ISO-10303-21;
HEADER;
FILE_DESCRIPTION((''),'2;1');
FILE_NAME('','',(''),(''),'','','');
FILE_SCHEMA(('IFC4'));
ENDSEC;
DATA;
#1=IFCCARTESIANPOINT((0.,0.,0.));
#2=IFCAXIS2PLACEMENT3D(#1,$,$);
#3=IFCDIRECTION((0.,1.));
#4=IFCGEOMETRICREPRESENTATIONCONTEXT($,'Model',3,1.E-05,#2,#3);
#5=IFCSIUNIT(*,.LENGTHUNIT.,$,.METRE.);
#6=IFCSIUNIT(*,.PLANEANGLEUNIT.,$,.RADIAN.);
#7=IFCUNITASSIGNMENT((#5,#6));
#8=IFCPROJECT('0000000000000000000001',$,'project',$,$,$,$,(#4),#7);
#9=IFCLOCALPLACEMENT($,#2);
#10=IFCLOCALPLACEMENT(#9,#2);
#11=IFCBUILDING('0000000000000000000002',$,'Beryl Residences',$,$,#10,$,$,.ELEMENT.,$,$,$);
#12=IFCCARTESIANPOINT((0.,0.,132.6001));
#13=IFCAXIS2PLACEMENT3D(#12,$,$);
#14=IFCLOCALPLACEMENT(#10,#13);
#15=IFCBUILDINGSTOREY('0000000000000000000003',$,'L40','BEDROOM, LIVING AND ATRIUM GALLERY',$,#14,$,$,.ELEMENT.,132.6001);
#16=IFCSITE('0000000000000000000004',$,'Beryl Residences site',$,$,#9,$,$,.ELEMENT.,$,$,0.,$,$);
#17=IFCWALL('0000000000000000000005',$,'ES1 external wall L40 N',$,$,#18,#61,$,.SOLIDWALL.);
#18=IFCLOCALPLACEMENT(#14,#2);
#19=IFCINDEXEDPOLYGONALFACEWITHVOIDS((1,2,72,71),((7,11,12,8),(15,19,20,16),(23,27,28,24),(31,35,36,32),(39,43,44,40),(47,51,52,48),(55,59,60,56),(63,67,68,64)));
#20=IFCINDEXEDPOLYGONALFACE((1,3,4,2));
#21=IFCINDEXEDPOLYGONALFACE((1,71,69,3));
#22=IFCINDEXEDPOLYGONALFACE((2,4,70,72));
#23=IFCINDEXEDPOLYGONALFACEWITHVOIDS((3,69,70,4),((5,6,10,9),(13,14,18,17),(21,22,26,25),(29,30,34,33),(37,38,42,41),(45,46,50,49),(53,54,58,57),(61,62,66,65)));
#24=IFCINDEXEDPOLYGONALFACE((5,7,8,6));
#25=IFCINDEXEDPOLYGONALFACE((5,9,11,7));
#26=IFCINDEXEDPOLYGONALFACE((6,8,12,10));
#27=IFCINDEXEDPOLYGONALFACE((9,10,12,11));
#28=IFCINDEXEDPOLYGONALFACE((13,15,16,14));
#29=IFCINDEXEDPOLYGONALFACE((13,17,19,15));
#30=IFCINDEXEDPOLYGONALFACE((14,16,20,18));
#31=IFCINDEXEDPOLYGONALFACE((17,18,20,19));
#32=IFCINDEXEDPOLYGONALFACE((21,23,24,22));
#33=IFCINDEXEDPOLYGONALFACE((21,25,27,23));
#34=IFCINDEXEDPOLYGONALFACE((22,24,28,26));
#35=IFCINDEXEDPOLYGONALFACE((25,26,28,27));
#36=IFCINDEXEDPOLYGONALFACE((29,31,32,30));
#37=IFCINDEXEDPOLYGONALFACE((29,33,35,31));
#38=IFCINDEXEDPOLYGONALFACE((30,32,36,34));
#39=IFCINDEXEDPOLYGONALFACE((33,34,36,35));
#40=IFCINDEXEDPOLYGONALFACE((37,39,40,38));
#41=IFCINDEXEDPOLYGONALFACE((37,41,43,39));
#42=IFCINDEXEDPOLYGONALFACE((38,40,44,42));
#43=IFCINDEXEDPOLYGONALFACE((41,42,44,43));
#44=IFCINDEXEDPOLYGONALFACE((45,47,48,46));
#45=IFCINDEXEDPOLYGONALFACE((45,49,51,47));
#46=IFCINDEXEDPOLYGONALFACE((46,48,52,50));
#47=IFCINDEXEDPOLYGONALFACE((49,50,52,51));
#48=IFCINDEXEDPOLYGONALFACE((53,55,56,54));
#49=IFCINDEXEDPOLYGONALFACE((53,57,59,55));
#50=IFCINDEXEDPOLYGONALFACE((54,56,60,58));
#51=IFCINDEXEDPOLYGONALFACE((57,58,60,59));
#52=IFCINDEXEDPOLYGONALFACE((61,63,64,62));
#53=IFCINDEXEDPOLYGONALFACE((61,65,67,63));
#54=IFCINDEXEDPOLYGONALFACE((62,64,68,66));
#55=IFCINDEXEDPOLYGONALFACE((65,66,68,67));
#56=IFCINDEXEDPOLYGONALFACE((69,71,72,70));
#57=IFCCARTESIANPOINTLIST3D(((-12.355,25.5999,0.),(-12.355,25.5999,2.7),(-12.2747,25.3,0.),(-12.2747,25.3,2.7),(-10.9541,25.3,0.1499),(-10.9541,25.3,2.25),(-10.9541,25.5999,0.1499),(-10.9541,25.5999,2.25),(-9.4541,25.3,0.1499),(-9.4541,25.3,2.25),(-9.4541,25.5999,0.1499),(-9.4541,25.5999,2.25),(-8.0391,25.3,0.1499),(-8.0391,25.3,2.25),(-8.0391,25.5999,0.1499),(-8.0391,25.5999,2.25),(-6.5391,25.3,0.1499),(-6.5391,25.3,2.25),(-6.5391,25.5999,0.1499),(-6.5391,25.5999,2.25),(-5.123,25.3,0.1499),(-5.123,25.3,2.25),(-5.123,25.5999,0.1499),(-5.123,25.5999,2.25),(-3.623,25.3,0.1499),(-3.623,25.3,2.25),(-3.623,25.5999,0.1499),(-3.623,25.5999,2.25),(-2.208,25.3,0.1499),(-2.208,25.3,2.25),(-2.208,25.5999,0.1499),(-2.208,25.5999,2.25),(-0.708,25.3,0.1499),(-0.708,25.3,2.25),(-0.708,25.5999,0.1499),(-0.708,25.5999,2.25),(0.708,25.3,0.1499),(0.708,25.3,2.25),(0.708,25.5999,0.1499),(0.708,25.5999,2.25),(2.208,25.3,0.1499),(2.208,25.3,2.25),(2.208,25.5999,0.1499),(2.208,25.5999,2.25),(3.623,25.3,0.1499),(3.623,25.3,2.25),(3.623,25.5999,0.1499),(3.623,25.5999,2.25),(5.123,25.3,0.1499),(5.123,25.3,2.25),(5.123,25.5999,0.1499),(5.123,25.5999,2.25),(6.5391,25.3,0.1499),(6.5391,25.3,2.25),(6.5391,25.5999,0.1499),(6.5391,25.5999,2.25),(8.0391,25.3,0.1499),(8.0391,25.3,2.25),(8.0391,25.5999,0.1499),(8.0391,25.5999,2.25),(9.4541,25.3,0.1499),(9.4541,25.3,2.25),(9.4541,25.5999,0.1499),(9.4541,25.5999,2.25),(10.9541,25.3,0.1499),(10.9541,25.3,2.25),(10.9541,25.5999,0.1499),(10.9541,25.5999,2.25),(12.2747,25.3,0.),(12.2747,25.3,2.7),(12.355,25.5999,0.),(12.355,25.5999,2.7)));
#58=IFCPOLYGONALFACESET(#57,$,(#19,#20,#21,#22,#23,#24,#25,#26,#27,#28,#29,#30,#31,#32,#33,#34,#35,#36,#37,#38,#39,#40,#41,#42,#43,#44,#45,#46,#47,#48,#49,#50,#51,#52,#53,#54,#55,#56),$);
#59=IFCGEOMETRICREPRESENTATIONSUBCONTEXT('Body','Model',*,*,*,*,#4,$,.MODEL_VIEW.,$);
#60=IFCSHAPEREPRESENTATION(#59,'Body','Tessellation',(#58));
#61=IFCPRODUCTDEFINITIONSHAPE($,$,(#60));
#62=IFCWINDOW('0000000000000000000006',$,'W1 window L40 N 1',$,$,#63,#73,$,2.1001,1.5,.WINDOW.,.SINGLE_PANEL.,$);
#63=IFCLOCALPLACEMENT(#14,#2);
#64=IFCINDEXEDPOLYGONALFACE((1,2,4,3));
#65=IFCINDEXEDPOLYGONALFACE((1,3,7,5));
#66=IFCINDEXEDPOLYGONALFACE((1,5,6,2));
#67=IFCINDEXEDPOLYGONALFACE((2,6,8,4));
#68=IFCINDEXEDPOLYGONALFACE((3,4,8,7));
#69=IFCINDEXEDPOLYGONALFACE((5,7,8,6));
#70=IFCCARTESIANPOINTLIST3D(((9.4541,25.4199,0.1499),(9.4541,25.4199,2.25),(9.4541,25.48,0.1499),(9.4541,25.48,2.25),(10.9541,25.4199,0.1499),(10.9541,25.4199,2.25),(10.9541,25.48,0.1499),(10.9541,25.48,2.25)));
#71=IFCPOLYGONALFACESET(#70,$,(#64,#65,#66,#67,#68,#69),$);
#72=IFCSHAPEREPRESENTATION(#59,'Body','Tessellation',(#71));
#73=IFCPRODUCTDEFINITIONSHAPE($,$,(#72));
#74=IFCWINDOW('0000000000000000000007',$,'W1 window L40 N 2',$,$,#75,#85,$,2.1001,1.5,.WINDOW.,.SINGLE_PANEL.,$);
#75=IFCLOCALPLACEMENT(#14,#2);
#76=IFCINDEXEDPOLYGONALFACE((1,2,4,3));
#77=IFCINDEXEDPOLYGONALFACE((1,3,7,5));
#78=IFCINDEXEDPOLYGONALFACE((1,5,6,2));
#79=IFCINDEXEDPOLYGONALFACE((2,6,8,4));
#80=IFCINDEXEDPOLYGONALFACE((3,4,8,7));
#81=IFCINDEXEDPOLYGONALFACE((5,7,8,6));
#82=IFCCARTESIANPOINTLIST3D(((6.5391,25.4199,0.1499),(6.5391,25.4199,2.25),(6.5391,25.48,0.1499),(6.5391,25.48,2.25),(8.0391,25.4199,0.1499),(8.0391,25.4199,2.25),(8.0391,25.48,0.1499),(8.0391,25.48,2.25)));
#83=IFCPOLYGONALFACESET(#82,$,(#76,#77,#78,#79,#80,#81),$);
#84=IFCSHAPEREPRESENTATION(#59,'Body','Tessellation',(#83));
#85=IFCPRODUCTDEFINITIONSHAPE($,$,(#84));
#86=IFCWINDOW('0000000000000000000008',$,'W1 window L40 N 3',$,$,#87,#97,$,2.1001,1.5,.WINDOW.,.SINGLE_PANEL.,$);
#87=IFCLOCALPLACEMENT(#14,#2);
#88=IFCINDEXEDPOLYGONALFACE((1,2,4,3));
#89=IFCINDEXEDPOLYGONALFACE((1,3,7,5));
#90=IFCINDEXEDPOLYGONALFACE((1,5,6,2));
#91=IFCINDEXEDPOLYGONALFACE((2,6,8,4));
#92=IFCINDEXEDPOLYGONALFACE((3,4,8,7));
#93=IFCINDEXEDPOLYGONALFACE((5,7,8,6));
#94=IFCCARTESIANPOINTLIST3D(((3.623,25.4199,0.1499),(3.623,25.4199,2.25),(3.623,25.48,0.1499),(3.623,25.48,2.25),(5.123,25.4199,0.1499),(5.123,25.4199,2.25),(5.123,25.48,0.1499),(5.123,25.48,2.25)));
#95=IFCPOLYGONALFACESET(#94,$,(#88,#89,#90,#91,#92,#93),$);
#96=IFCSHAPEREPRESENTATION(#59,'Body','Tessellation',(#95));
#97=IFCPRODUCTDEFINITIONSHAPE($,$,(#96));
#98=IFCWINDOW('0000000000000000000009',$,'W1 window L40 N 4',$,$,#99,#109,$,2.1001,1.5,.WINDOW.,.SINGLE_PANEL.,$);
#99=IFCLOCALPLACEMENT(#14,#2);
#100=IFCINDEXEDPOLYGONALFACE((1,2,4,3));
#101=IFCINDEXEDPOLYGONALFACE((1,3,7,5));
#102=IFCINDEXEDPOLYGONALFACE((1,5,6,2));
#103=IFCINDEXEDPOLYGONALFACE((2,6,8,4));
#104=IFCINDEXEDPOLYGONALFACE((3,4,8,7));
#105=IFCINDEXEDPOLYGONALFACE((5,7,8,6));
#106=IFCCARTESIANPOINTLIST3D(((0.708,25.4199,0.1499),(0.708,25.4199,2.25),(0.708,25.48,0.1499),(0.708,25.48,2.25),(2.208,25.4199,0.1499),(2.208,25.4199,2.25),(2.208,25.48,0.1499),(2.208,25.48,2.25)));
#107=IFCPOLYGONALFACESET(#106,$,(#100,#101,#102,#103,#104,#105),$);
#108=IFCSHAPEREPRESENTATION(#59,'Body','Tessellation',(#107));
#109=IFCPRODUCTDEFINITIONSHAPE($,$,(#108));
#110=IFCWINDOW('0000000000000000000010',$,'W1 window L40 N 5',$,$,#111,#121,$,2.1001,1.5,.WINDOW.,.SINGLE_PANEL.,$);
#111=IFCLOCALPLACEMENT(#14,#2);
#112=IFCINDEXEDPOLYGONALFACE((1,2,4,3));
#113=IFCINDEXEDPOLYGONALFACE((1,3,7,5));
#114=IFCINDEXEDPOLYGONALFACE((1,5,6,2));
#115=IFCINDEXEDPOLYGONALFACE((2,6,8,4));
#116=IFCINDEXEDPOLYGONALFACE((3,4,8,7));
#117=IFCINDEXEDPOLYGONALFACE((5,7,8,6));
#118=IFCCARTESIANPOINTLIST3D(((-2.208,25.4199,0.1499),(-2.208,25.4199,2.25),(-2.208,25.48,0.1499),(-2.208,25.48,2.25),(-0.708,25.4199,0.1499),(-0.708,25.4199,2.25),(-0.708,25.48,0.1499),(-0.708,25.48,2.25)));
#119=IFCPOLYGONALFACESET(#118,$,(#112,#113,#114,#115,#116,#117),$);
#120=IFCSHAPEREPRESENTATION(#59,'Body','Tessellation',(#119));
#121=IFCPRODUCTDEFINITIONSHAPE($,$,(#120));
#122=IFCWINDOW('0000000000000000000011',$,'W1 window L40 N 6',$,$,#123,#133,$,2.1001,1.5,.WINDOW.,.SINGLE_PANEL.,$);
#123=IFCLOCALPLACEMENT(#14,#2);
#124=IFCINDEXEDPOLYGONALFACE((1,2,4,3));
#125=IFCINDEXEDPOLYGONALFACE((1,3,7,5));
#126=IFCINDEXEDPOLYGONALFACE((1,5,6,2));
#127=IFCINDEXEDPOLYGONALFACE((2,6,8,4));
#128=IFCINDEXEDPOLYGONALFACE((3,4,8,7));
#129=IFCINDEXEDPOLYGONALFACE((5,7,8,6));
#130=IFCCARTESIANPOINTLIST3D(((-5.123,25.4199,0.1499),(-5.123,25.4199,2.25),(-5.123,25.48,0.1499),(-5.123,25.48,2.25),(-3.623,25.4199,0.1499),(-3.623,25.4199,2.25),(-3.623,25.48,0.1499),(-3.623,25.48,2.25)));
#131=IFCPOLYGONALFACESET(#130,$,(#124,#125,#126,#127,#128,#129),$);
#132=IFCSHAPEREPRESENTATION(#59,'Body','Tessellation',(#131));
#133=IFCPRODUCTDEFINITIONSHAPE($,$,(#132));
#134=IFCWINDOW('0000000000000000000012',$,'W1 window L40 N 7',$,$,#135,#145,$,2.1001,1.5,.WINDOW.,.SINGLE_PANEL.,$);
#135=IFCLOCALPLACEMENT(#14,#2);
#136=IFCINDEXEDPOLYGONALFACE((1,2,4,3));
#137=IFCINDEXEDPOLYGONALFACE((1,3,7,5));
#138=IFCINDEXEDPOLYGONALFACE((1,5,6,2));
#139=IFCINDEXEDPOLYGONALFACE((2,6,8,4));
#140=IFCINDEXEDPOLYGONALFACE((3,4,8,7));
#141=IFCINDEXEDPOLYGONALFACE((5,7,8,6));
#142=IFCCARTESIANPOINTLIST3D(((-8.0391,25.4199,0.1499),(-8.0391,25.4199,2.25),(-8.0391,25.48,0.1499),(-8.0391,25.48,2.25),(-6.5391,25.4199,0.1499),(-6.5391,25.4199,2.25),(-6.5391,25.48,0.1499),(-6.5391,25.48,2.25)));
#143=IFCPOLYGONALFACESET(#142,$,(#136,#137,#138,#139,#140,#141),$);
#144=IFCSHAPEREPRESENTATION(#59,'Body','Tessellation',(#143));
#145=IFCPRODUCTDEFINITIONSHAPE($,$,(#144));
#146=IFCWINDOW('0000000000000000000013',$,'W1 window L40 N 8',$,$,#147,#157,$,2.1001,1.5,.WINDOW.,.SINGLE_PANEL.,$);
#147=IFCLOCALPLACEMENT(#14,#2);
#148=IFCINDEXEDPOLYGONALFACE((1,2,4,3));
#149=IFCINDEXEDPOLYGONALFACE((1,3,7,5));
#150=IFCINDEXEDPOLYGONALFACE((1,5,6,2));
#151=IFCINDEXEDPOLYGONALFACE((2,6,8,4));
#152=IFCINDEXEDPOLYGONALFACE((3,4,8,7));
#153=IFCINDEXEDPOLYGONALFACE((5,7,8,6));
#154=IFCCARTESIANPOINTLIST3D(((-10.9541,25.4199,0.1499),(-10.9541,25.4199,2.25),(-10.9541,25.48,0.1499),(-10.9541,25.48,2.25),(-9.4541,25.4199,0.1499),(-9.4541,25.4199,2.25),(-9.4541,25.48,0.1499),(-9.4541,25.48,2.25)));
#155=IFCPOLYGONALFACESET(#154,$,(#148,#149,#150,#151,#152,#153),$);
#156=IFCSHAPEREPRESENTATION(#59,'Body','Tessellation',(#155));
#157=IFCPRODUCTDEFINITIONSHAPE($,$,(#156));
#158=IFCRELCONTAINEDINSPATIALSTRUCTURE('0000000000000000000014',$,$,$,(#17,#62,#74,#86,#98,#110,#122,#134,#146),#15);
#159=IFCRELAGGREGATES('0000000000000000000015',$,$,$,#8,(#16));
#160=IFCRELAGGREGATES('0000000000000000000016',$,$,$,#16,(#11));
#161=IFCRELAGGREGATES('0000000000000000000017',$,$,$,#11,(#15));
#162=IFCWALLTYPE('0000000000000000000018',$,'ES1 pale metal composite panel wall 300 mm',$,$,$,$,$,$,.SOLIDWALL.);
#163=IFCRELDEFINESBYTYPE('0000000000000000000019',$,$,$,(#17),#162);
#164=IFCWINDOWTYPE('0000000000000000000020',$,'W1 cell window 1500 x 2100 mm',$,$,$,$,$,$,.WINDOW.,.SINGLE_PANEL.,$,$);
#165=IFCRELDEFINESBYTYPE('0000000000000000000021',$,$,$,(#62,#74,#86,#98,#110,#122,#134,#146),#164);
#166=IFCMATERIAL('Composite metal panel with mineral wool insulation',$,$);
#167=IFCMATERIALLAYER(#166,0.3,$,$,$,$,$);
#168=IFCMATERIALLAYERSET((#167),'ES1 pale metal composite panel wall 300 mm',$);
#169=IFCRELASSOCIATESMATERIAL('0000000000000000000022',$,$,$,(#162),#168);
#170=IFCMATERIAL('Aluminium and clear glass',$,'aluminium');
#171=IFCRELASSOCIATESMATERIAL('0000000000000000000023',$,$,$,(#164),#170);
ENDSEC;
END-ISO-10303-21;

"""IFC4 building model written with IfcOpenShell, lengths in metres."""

from ifc_helpers import new_model, si_unit, direction, frame, frame_2d, origin, place, context, subcontext, project, spatial, polyline, rectangle, outline, extrude, material, layer, layer_set, type_object, element, fill, save


model = new_model("IFC4")

# Units and contexts
model_context = context("Model", 3, precision=1e-05, world=origin(), true_north=direction((0.0, 1.0)))
body_context = subcontext(model_context, "Body", "Model", "MODEL_VIEW")
ifc_project = project(units=[si_unit("LENGTHUNIT", "METRE"), si_unit("PLANEANGLEUNIT", "RADIAN")], contexts=[model_context])

# Site, building, storey
site_placement = place(None, origin())
site = spatial("IfcSite", under=ifc_project, at=site_placement, Name="Beryl Residences site", CompositionType="ELEMENT", RefElevation=0.0)
building_placement = place(site_placement, origin())
building = spatial("IfcBuilding", under=site, at=building_placement, Name="Beryl Residences", CompositionType="ELEMENT")
storey_placement = place(building_placement, frame((0.0, 0.0, 132.6001)))
storey = spatial("IfcBuildingStorey", under=building, at=storey_placement, Name="L40", Description="BEDROOM, LIVING AND ATRIUM GALLERY", CompositionType="ELEMENT", Elevation=132.6001)

# Wall, openings, windows
ifc_material_1 = material(Name="Composite metal panel with mineral wool insulation")
ifc_layer = layer(ifc_material_1, 0.3)
ifc_layer_set = layer_set([ifc_layer], Name="ES1 pale metal composite panel wall 300 mm")
wall_type = type_object("IfcWallType", Name="ES1 pale metal composite panel wall 300 mm", PredefinedType="SOLIDWALL", material=ifc_layer_set)
wall_1_placement = place(storey_placement, frame((12.355, 25.45, 0.0), z_axis=(0.0, 0.0, 1.0), x_axis=(-1.0, 0.0, 0.0)))
wall_1 = element("IfcWall", 1, at=wall_1_placement, inside=storey, type_object=wall_type, Name="ES1 external wall L40 N", PredefinedType="SOLIDWALL", context=body_context, shape_type="SweptSolid", body=[
    extrude(outline(polyline([(0.0, -0.1499), (24.71, -0.1499), (24.6296, 0.1499), (0.0803, 0.1499), (0.0, -0.1499)])), origin(), (0.0, 0.0, 1.0), 2.7),
])
opening_1_placement = place(wall_1_placement, frame((1.4009, 0.0, 0.1499)))
opening_1 = element("IfcOpeningElement", 2, at=opening_1_placement, cuts=wall_1, PredefinedType="OPENING", context=body_context, shape_type="SweptSolid", body=[
    extrude(rectangle(XDim=1.5, YDim=2.1001, at=frame_2d((0.75, 1.05))), frame((0.0, 0.1599, 0.0), z_axis=(0.0, -1.0, 0.0), x_axis=(1.0, 0.0, 0.0)), (0.0, 0.0, 1.0), 0.3201),
])
opening_2_placement = place(wall_1_placement, frame((4.3159, 0.0, 0.1499)))
opening_2 = element("IfcOpeningElement", 3, at=opening_2_placement, cuts=wall_1, PredefinedType="OPENING", context=body_context, shape_type="SweptSolid", body=[
    extrude(rectangle(XDim=1.5, YDim=2.1001, at=frame_2d((0.75, 1.05))), frame((0.0, 0.1599, 0.0), z_axis=(0.0, -1.0, 0.0), x_axis=(1.0, 0.0, 0.0)), (0.0, 0.0, 1.0), 0.3201),
])
opening_3_placement = place(wall_1_placement, frame((7.2319, 0.0, 0.1499)))
opening_3 = element("IfcOpeningElement", 4, at=opening_3_placement, cuts=wall_1, PredefinedType="OPENING", context=body_context, shape_type="SweptSolid", body=[
    extrude(rectangle(XDim=1.5, YDim=2.1001, at=frame_2d((0.75, 1.05))), frame((0.0, 0.1599, 0.0), z_axis=(0.0, -1.0, 0.0), x_axis=(1.0, 0.0, 0.0)), (0.0, 0.0, 1.0), 0.3201),
])
opening_4_placement = place(wall_1_placement, frame((10.147, 0.0, 0.1499)))
opening_4 = element("IfcOpeningElement", 5, at=opening_4_placement, cuts=wall_1, PredefinedType="OPENING", context=body_context, shape_type="SweptSolid", body=[
    extrude(rectangle(XDim=1.5, YDim=2.1001, at=frame_2d((0.75, 1.05))), frame((0.0, 0.1599, 0.0), z_axis=(0.0, -1.0, 0.0), x_axis=(1.0, 0.0, 0.0)), (0.0, 0.0, 1.0), 0.3201),
])
opening_5_placement = place(wall_1_placement, frame((13.063, 0.0, 0.1499)))
opening_5 = element("IfcOpeningElement", 6, at=opening_5_placement, cuts=wall_1, PredefinedType="OPENING", context=body_context, shape_type="SweptSolid", body=[
    extrude(rectangle(XDim=1.5, YDim=2.1001, at=frame_2d((0.75, 1.05))), frame((0.0, 0.1599, 0.0), z_axis=(0.0, -1.0, 0.0), x_axis=(1.0, 0.0, 0.0)), (0.0, 0.0, 1.0), 0.3201),
])
opening_6_placement = place(wall_1_placement, frame((15.978, 0.0, 0.1499)))
opening_6 = element("IfcOpeningElement", 7, at=opening_6_placement, cuts=wall_1, PredefinedType="OPENING", context=body_context, shape_type="SweptSolid", body=[
    extrude(rectangle(XDim=1.5, YDim=2.1001, at=frame_2d((0.75, 1.05))), frame((0.0, 0.1599, 0.0), z_axis=(0.0, -1.0, 0.0), x_axis=(1.0, 0.0, 0.0)), (0.0, 0.0, 1.0), 0.3201),
])
opening_7_placement = place(wall_1_placement, frame((18.894, 0.0, 0.1499)))
opening_7 = element("IfcOpeningElement", 8, at=opening_7_placement, cuts=wall_1, PredefinedType="OPENING", context=body_context, shape_type="SweptSolid", body=[
    extrude(rectangle(XDim=1.5, YDim=2.1001, at=frame_2d((0.75, 1.05))), frame((0.0, 0.1599, 0.0), z_axis=(0.0, -1.0, 0.0), x_axis=(1.0, 0.0, 0.0)), (0.0, 0.0, 1.0), 0.3201),
])
opening_8_placement = place(wall_1_placement, frame((21.8091, 0.0, 0.1499)))
opening_8 = element("IfcOpeningElement", 9, at=opening_8_placement, cuts=wall_1, PredefinedType="OPENING", context=body_context, shape_type="SweptSolid", body=[
    extrude(rectangle(XDim=1.5, YDim=2.1001, at=frame_2d((0.75, 1.05))), frame((0.0, 0.1599, 0.0), z_axis=(0.0, -1.0, 0.0), x_axis=(1.0, 0.0, 0.0)), (0.0, 0.0, 1.0), 0.3201),
])
ifc_material_2 = material(Name="Aluminium and clear glass", Category="aluminium")
window_type_1 = type_object("IfcWindowType", Name="W1 cell window 1500 x 2100 mm", PartitioningType="SINGLE_PANEL", PredefinedType="WINDOW", material=ifc_material_2)
window_1_placement = place(opening_1_placement, origin())
window_1 = element("IfcWindow", 10, at=window_1_placement, inside=storey, type_object=window_type_1, Name="W1 window L40 N 1", OverallHeight=2.1001, OverallWidth=1.5, PartitioningType="SINGLE_PANEL", PredefinedType="WINDOW", context=body_context, shape_type="SweptSolid", body=[
    extrude(rectangle(XDim=1.5, YDim=2.1001, at=frame_2d((0.75, 1.05))), frame((0.0, 0.03, 0.0), z_axis=(0.0, -1.0, 0.0), x_axis=(1.0, 0.0, 0.0)), (0.0, 0.0, 1.0), 0.0601),
])
fill(opening_1, window_1)
window_2_placement = place(opening_2_placement, origin())
window_2 = element("IfcWindow", 11, at=window_2_placement, inside=storey, type_object=window_type_1, Name="W1 window L40 N 2", OverallHeight=2.1001, OverallWidth=1.5, PartitioningType="SINGLE_PANEL", PredefinedType="WINDOW", context=body_context, shape_type="SweptSolid", body=[
    extrude(rectangle(XDim=1.5, YDim=2.1001, at=frame_2d((0.75, 1.05))), frame((0.0, 0.03, 0.0), z_axis=(0.0, -1.0, 0.0), x_axis=(1.0, 0.0, 0.0)), (0.0, 0.0, 1.0), 0.0601),
])
fill(opening_2, window_2)
window_3_placement = place(opening_3_placement, origin())
window_3 = element("IfcWindow", 12, at=window_3_placement, inside=storey, type_object=window_type_1, Name="W1 window L40 N 3", OverallHeight=2.1001, OverallWidth=1.5, PartitioningType="SINGLE_PANEL", PredefinedType="WINDOW", context=body_context, shape_type="SweptSolid", body=[
    extrude(rectangle(XDim=1.5, YDim=2.1001, at=frame_2d((0.75, 1.05))), frame((0.0, 0.03, 0.0), z_axis=(0.0, -1.0, 0.0), x_axis=(1.0, 0.0, 0.0)), (0.0, 0.0, 1.0), 0.0601),
])
fill(opening_3, window_3)
window_4_placement = place(opening_4_placement, origin())
window_4 = element("IfcWindow", 13, at=window_4_placement, inside=storey, type_object=window_type_1, Name="W1 window L40 N 4", OverallHeight=2.1001, OverallWidth=1.5, PartitioningType="SINGLE_PANEL", PredefinedType="WINDOW", context=body_context, shape_type="SweptSolid", body=[
    extrude(rectangle(XDim=1.5, YDim=2.1001, at=frame_2d((0.75, 1.05))), frame((0.0, 0.03, 0.0), z_axis=(0.0, -1.0, 0.0), x_axis=(1.0, 0.0, 0.0)), (0.0, 0.0, 1.0), 0.0601),
])
fill(opening_4, window_4)
window_5_placement = place(opening_5_placement, origin())
window_5 = element("IfcWindow", 14, at=window_5_placement, inside=storey, type_object=window_type_1, Name="W1 window L40 N 5", OverallHeight=2.1001, OverallWidth=1.5, PartitioningType="SINGLE_PANEL", PredefinedType="WINDOW", context=body_context, shape_type="SweptSolid", body=[
    extrude(rectangle(XDim=1.5, YDim=2.1001, at=frame_2d((0.75, 1.05))), frame((0.0, 0.03, 0.0), z_axis=(0.0, -1.0, 0.0), x_axis=(1.0, 0.0, 0.0)), (0.0, 0.0, 1.0), 0.0601),
])
fill(opening_5, window_5)
window_6_placement = place(opening_6_placement, origin())
window_6 = element("IfcWindow", 15, at=window_6_placement, inside=storey, type_object=window_type_1, Name="W1 window L40 N 6", OverallHeight=2.1001, OverallWidth=1.5, PartitioningType="SINGLE_PANEL", PredefinedType="WINDOW", context=body_context, shape_type="SweptSolid", body=[
    extrude(rectangle(XDim=1.5, YDim=2.1001, at=frame_2d((0.75, 1.05))), frame((0.0, 0.03, 0.0), z_axis=(0.0, -1.0, 0.0), x_axis=(1.0, 0.0, 0.0)), (0.0, 0.0, 1.0), 0.0601),
])
fill(opening_6, window_6)
window_7_placement = place(opening_7_placement, origin())
window_7 = element("IfcWindow", 16, at=window_7_placement, inside=storey, type_object=window_type_1, Name="W1 window L40 N 7", OverallHeight=2.1001, OverallWidth=1.5, PartitioningType="SINGLE_PANEL", PredefinedType="WINDOW", context=body_context, shape_type="SweptSolid", body=[
    extrude(rectangle(XDim=1.5, YDim=2.1001, at=frame_2d((0.75, 1.05))), frame((0.0, 0.03, 0.0), z_axis=(0.0, -1.0, 0.0), x_axis=(1.0, 0.0, 0.0)), (0.0, 0.0, 1.0), 0.0601),
])
fill(opening_7, window_7)
window_8_placement = place(opening_8_placement, origin())
window_8 = element("IfcWindow", 17, at=window_8_placement, inside=storey, type_object=window_type_1, Name="W1 window L40 N 8", OverallHeight=2.1001, OverallWidth=1.5, PartitioningType="SINGLE_PANEL", PredefinedType="WINDOW", context=body_context, shape_type="SweptSolid", body=[
    extrude(rectangle(XDim=1.5, YDim=2.1001, at=frame_2d((0.75, 1.05))), frame((0.0, 0.03, 0.0), z_axis=(0.0, -1.0, 0.0), x_axis=(1.0, 0.0, 0.0)), (0.0, 0.0, 1.0), 0.0601),
])
fill(opening_8, window_8)

save(model, "model.ifc")
